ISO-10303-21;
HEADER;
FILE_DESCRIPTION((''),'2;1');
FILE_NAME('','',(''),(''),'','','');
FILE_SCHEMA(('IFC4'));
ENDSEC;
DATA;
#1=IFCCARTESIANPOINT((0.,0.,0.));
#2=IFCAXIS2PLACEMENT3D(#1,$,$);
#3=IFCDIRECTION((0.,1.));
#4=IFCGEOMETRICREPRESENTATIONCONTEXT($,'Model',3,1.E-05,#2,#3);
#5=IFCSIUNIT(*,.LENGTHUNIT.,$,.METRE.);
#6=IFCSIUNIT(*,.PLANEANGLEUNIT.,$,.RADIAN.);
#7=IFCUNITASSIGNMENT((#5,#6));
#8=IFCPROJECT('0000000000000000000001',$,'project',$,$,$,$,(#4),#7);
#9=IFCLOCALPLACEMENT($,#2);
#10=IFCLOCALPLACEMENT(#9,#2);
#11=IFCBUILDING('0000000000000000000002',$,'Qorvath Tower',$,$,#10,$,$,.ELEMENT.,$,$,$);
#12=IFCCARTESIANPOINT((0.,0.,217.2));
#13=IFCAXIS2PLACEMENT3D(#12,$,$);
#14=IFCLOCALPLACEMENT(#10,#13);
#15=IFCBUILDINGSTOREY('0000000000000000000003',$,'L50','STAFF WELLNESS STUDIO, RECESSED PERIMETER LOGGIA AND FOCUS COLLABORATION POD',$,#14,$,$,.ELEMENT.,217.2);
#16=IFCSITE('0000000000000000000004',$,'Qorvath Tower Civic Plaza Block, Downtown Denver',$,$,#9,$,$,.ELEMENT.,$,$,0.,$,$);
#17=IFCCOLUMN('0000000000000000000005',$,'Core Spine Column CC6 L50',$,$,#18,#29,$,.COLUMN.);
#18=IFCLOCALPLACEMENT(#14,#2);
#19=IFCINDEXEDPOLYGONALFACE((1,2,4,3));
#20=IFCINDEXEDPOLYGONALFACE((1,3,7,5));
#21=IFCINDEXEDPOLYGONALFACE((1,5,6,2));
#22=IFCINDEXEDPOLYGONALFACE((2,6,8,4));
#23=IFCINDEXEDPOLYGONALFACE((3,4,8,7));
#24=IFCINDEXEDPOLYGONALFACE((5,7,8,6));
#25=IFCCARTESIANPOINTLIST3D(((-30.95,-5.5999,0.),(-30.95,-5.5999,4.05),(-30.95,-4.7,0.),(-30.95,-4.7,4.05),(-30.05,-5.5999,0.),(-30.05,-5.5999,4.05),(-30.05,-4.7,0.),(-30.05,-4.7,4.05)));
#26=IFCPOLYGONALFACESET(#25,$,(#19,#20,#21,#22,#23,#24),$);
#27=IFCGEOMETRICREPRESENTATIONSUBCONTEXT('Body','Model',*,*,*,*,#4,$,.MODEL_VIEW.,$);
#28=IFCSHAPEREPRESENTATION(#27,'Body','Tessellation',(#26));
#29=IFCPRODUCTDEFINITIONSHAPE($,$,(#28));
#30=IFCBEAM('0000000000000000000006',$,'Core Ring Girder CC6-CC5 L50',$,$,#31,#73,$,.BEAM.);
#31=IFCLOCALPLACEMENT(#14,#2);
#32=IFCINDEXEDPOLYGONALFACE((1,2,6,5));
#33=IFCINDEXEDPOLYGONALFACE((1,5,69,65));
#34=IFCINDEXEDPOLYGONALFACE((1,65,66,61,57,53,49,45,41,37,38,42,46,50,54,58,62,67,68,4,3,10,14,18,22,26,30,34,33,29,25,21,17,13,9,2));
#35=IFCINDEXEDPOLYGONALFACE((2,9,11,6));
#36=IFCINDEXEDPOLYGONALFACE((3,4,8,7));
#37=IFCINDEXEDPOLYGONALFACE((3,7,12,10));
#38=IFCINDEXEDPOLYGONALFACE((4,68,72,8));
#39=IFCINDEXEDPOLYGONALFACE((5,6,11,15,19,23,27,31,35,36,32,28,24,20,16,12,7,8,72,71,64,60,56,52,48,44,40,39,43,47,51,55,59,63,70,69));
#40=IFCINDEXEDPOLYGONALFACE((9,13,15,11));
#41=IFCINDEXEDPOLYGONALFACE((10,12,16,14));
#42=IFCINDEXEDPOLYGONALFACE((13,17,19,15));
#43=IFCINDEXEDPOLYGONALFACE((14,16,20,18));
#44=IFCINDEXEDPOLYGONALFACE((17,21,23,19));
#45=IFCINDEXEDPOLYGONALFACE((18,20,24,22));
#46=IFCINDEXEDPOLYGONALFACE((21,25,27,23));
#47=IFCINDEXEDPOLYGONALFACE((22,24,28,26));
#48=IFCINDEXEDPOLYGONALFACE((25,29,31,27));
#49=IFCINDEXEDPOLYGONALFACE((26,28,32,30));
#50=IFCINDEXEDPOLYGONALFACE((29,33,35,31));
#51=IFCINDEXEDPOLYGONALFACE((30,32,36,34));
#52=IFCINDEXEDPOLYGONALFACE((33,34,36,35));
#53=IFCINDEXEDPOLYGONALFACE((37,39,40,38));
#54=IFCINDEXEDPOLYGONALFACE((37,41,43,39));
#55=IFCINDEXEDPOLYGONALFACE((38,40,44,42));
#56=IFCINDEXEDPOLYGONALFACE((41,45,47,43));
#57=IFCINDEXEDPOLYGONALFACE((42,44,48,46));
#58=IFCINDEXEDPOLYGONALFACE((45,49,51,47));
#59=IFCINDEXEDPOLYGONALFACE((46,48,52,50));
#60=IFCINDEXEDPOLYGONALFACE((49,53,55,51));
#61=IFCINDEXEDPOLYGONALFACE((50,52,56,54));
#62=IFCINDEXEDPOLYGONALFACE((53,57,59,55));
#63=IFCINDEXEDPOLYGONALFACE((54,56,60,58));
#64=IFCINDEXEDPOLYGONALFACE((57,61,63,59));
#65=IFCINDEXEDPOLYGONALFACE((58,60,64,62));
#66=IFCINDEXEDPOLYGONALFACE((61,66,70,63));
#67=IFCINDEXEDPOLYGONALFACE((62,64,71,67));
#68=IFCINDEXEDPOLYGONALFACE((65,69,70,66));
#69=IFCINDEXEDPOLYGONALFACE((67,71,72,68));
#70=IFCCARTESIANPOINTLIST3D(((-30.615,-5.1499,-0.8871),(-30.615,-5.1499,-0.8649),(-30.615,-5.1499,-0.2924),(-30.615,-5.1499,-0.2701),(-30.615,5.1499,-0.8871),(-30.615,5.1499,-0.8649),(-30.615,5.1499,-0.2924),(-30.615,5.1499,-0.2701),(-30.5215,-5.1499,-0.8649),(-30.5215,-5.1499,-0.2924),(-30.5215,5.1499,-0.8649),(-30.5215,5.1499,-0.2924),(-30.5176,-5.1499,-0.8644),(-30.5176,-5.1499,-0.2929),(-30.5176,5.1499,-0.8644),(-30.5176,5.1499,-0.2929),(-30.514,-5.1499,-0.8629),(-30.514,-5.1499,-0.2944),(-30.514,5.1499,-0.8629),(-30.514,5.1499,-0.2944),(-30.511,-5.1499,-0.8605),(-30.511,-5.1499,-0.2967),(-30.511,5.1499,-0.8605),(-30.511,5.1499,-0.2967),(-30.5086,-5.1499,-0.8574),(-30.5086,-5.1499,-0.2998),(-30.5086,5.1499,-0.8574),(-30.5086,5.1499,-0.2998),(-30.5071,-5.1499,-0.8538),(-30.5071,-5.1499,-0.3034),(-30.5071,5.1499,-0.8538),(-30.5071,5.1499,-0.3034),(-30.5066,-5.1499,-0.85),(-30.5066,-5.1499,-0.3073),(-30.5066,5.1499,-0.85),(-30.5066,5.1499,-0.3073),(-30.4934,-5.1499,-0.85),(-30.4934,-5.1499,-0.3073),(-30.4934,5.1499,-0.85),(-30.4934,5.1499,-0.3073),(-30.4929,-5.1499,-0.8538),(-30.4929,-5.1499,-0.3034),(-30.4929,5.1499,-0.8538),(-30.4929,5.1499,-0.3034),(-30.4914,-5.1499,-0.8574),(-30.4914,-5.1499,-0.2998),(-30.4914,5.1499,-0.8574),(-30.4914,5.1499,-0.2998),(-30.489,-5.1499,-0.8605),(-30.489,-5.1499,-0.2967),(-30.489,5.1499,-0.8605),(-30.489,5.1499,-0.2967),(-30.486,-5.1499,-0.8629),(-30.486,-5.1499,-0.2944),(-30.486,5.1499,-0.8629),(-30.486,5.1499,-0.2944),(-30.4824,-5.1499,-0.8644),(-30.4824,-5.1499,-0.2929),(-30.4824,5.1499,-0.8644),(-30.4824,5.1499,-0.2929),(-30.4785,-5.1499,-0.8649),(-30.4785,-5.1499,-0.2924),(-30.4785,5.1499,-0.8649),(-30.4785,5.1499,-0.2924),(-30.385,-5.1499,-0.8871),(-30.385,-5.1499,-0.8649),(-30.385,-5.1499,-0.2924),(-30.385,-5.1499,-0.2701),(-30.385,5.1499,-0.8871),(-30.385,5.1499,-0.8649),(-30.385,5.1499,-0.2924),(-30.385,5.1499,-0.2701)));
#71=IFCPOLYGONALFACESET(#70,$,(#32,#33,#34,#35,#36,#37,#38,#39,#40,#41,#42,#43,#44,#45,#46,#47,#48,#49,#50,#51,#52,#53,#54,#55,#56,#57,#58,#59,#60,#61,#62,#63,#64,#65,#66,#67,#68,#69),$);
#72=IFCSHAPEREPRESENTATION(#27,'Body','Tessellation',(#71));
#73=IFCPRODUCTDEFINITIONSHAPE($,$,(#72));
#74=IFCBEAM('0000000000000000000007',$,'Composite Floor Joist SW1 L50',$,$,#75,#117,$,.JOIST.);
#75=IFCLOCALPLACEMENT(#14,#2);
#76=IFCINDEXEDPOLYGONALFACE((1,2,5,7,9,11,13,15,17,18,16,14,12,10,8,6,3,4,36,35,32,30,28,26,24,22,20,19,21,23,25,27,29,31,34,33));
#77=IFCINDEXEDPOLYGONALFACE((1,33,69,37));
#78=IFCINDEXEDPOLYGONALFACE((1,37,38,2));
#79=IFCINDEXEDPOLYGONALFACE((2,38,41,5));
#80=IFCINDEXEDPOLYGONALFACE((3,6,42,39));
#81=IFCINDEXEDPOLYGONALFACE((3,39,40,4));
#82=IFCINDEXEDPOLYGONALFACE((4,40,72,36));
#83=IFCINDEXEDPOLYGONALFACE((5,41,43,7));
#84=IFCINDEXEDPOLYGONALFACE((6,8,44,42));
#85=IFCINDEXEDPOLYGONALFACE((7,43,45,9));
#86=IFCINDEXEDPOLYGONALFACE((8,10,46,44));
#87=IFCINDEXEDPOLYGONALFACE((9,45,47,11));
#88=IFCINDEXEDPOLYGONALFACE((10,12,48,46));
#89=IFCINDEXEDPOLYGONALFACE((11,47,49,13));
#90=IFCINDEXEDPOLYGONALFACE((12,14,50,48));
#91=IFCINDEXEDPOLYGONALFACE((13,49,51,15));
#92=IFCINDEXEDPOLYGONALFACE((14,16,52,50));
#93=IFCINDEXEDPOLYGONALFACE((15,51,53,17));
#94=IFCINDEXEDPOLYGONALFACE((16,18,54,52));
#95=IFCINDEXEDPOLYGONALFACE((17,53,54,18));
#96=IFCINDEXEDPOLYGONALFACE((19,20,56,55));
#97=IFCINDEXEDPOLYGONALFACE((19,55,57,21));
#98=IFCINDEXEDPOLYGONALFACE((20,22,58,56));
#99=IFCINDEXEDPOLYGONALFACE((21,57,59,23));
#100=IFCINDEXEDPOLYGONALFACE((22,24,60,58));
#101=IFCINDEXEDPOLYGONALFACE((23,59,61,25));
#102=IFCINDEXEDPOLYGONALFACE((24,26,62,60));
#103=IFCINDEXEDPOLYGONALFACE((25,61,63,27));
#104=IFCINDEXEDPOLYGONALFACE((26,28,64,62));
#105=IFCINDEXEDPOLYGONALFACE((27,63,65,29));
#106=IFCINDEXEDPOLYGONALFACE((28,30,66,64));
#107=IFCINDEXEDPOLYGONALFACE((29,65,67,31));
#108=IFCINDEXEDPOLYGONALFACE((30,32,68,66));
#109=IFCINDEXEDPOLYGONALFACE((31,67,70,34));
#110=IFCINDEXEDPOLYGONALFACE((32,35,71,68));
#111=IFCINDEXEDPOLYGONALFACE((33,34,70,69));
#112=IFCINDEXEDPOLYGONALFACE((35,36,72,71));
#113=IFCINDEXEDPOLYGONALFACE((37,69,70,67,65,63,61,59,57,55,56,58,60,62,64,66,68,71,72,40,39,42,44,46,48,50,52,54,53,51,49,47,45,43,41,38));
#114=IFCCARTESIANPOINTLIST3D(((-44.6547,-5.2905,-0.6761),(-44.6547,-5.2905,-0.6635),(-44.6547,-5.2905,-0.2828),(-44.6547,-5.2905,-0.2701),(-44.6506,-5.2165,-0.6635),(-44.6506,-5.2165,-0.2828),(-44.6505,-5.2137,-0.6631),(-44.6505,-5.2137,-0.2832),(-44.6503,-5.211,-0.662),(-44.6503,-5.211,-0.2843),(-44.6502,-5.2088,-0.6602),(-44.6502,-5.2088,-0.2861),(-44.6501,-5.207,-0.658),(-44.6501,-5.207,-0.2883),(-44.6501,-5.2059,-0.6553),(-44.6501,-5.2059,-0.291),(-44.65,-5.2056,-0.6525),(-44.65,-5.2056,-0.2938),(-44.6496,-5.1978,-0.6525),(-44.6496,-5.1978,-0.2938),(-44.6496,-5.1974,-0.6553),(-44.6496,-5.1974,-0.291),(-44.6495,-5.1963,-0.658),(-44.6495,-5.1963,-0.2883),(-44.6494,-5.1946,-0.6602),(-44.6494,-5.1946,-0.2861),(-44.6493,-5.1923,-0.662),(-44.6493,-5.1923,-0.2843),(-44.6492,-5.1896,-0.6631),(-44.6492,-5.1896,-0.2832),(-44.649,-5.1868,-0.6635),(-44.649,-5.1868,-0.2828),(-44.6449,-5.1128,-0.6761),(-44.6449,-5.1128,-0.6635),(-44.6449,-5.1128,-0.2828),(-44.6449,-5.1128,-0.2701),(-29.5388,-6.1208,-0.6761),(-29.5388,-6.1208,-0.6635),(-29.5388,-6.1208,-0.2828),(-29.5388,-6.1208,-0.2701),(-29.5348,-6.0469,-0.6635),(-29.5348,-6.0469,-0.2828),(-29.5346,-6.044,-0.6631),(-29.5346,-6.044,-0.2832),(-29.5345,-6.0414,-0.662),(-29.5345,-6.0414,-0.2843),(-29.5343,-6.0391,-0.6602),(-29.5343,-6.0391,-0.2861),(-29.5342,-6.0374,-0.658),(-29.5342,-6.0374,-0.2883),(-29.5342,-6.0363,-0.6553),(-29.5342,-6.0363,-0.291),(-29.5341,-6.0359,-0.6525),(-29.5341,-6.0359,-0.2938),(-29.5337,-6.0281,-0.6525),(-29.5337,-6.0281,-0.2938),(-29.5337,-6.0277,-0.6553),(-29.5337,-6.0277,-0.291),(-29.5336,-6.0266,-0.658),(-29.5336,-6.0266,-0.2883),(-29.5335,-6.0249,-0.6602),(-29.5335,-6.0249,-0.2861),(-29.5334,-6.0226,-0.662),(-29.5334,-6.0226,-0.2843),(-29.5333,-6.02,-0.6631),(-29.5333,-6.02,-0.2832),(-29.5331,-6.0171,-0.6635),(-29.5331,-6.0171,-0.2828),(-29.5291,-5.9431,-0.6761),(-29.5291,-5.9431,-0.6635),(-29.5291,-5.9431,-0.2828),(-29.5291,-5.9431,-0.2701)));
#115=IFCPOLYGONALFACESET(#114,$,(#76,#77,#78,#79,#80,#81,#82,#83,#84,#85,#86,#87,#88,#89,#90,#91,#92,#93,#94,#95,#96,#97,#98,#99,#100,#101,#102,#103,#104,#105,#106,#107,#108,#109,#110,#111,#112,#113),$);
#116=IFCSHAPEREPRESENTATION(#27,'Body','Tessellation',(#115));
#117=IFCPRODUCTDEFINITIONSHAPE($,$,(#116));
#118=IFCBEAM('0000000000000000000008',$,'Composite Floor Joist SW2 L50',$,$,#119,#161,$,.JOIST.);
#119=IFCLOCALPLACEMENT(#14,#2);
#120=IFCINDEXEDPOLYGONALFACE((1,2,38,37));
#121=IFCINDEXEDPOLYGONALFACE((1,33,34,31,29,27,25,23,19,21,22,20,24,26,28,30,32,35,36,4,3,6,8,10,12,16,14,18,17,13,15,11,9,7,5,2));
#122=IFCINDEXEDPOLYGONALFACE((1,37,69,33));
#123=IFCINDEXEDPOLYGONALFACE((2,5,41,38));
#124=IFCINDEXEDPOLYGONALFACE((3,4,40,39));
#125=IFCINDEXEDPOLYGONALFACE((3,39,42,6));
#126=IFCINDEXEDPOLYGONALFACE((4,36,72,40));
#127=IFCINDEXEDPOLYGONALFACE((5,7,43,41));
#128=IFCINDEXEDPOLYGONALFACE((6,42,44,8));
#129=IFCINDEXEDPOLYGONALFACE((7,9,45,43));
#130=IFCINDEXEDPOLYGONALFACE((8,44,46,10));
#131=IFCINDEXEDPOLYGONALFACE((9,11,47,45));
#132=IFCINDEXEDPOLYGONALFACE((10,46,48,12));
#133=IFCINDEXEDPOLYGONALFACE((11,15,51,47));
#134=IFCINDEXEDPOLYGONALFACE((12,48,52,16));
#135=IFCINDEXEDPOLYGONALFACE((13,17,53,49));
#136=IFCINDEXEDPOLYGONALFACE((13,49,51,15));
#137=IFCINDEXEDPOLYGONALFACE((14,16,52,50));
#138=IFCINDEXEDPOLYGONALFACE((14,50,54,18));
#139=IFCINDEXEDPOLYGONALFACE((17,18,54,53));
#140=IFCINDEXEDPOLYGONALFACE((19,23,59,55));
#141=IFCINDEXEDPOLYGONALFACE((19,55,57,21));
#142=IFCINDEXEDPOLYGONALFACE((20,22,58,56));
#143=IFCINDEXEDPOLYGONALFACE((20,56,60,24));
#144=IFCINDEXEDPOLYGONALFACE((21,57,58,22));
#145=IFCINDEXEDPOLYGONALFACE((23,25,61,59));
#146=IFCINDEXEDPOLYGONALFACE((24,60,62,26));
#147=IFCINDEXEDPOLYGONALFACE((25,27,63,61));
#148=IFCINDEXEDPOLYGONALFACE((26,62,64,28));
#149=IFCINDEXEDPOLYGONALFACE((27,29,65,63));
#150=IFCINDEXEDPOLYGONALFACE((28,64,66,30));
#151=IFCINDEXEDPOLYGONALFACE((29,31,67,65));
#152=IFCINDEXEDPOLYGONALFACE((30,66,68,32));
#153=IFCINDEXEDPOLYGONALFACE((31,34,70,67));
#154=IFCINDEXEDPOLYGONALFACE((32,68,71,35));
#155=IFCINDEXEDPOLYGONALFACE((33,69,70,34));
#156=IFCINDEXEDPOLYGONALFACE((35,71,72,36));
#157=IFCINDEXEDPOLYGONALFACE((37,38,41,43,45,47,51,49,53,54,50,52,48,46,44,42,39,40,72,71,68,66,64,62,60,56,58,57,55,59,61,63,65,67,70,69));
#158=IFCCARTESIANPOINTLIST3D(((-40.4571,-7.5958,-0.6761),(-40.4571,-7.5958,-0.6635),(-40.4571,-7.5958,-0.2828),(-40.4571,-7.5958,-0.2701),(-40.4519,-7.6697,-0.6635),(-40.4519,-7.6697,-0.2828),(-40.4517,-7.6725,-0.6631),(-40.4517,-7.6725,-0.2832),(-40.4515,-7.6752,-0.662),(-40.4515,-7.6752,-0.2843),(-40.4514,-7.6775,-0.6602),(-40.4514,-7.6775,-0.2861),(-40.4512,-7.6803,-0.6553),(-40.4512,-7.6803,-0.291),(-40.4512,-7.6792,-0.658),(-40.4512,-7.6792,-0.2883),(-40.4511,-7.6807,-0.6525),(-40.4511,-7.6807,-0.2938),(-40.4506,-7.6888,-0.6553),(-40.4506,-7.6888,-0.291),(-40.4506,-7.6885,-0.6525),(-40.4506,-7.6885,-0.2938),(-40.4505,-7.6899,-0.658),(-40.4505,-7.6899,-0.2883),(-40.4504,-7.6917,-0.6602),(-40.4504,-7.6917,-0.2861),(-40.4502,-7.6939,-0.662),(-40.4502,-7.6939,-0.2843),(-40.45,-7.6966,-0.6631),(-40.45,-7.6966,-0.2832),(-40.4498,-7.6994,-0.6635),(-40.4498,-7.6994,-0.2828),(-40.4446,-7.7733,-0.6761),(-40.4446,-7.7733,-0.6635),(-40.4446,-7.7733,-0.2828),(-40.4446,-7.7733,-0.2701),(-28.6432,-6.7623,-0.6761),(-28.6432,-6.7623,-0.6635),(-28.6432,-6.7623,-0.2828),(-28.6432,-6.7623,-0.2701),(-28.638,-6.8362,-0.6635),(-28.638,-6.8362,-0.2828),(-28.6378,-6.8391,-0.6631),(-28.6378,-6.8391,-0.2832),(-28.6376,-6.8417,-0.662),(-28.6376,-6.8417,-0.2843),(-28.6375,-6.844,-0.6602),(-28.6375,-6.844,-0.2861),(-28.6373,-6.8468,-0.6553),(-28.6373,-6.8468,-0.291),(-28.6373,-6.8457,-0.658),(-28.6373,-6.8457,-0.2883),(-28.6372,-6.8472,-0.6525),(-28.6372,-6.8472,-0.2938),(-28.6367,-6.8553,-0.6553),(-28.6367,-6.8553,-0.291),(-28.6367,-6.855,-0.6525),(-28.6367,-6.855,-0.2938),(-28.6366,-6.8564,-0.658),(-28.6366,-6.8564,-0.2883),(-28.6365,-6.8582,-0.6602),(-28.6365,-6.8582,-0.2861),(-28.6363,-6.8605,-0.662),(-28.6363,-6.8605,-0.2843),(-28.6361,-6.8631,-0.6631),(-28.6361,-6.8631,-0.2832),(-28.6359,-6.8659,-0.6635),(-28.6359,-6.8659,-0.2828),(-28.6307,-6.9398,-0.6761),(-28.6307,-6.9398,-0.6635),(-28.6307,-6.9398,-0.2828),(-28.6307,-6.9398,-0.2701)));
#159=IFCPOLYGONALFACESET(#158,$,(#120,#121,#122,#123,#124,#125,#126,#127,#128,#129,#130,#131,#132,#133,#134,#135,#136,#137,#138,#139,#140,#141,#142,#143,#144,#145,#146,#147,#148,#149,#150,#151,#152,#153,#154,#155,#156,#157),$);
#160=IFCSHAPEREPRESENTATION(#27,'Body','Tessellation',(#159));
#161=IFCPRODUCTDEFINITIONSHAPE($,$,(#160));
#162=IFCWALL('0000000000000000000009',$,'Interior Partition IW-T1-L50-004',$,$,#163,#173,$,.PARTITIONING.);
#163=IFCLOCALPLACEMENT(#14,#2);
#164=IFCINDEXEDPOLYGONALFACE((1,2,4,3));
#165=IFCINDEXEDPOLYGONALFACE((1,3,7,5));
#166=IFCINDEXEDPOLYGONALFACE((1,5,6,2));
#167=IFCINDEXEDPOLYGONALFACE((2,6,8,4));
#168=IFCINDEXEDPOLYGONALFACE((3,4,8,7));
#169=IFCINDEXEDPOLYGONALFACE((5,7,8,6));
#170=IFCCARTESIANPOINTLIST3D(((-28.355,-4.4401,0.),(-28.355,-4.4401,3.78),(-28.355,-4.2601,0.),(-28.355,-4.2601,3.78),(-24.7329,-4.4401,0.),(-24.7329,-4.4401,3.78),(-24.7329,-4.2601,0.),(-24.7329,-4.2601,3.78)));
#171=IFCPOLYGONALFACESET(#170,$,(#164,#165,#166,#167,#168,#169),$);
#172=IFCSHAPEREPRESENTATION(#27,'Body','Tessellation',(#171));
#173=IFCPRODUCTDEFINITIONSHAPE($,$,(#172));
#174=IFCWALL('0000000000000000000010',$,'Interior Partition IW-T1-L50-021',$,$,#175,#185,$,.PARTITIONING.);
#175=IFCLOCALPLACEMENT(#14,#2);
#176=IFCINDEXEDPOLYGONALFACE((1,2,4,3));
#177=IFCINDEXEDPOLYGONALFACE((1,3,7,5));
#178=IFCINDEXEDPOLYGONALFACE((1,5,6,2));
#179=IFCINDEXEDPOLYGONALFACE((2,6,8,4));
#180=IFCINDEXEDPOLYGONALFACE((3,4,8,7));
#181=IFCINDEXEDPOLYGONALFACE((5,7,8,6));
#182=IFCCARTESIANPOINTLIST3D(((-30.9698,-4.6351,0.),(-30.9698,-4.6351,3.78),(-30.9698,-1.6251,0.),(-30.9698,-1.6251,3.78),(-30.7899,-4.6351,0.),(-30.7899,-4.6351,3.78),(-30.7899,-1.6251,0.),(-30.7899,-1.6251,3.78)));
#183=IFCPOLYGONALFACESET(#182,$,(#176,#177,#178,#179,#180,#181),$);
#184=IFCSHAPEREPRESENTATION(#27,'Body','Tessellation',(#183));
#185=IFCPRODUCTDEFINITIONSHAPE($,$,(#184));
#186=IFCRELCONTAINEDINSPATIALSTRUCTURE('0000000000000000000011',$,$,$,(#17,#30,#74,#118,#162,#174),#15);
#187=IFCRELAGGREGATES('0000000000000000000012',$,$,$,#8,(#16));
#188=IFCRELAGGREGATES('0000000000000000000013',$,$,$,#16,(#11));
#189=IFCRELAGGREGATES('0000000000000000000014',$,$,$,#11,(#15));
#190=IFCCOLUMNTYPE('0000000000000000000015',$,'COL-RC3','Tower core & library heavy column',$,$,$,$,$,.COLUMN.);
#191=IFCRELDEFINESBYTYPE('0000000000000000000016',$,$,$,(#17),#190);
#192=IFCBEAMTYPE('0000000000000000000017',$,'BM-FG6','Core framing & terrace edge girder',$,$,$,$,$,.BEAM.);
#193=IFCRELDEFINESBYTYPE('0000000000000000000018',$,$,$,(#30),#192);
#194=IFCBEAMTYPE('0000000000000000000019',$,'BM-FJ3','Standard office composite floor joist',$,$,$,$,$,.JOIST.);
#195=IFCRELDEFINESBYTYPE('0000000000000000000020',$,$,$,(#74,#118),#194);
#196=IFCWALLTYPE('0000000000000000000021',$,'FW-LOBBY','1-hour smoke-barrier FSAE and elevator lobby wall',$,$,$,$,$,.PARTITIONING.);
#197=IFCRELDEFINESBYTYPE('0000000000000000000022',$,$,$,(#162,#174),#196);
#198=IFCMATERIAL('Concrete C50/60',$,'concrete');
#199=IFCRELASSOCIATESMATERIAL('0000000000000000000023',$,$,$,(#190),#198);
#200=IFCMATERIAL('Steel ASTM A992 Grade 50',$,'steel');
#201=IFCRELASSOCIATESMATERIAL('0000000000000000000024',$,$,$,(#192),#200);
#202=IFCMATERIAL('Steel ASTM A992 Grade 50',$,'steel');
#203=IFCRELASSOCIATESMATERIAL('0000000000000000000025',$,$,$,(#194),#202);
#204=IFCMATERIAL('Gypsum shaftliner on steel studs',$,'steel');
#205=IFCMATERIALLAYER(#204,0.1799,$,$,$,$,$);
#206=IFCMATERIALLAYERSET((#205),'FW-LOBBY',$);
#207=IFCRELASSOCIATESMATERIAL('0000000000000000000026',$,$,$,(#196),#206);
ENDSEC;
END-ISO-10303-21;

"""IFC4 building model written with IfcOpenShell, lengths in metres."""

from ifc_helpers import new_model, si_unit, direction, frame, frame_2d, origin, origin_2d, place, context, subcontext, project, spatial, rectangle, i_section, extrude, material, layer, layer_set, material_profile, profile_set, type_object, element, save


model = new_model("IFC4")

# Units and contexts
model_context = context("Model", 3, precision=1e-05, world=origin(), true_north=direction((0.0, 1.0)))
body_context = subcontext(model_context, "Body", "Model", "MODEL_VIEW")
ifc_project = project(units=[si_unit("LENGTHUNIT", "METRE"), si_unit("PLANEANGLEUNIT", "RADIAN")], contexts=[model_context])

# Site, building, storey
site_placement = place(None, origin())
site = spatial("IfcSite", under=ifc_project, at=site_placement, Name="Qorvath Tower Civic Plaza Block, Downtown Denver", CompositionType="ELEMENT", RefElevation=0.0)
building_placement = place(site_placement, origin())
building = spatial("IfcBuilding", under=site, at=building_placement, Name="Qorvath Tower", CompositionType="ELEMENT")
storey_placement = place(building_placement, frame((0.0, 0.0, 217.2)))
storey = spatial("IfcBuildingStorey", under=building, at=storey_placement, Name="L50", Description="STAFF WELLNESS STUDIO, RECESSED PERIMETER LOGGIA AND FOCUS COLLABORATION POD", CompositionType="ELEMENT", Elevation=217.2)

# Column
ifc_material_1 = material(Name="Concrete C50/60", Category="concrete")
ifc_material_profile_1 = material_profile(ifc_material_1, rectangle(XDim=0.8999, YDim=0.8999, at=origin_2d()), Name="RC 900x900")
ifc_profile_set_1 = profile_set([ifc_material_profile_1], Name="Concrete C50/60")
column_type = type_object("IfcColumnType", Name="COL-RC3", Description="Tower core & library heavy column", PredefinedType="COLUMN", material=ifc_profile_set_1)
column_placement = place(storey_placement, frame((-30.5, -5.1499, 0.0), z_axis=(0.0, 0.0, 1.0), x_axis=(1.0, 0.0, 0.0)))
element("IfcColumn", 1, at=column_placement, inside=storey, type_object=column_type, Name="Core Spine Column CC6 L50", PredefinedType="COLUMN", context=body_context, shape_type="SweptSolid", body=[
    extrude(rectangle(XDim=0.8999, YDim=0.8999, at=origin_2d()), origin(), (0.0, 0.0, 1.0), 4.05),
])

# Beams
ifc_material_2 = material(Name="Steel ASTM A992 Grade 50", Category="steel")
ifc_material_profile_2 = material_profile(ifc_material_2, i_section(OverallWidth=0.23, OverallDepth=0.6169, WebThickness=0.0132, FlangeThickness=0.0222, FilletRadius=0.0149, at=origin_2d()), Name="W24x94")
ifc_profile_set_2 = profile_set([ifc_material_profile_2], Name="Steel ASTM A992 Grade 50")
beam_type_1 = type_object("IfcBeamType", Name="BM-FG6", Description="Core framing & terrace edge girder", PredefinedType="BEAM", material=ifc_profile_set_2)
beam_1_placement = place(storey_placement, frame((-30.5, -5.1499, -0.5786), z_axis=(0.0, 1.0, 0.0), x_axis=(-1.0, 0.0, 0.0)))
element("IfcBeam", 2, at=beam_1_placement, inside=storey, type_object=beam_type_1, Name="Core Ring Girder CC6-CC5 L50", PredefinedType="BEAM", context=body_context, shape_type="SweptSolid", body=[
    extrude(i_section(OverallWidth=0.23, OverallDepth=0.6169, WebThickness=0.0132, FlangeThickness=0.0222, FilletRadius=0.0149, at=origin_2d()), origin(), (0.0, 0.0, 1.0), 10.2998),
])
ifc_material_3 = material(Name="Steel ASTM A992 Grade 50", Category="steel")
ifc_material_profile_3 = material_profile(ifc_material_3, i_section(OverallWidth=0.178, OverallDepth=0.406, WebThickness=0.0078, FlangeThickness=0.0127, FilletRadius=0.011, at=origin_2d()), Name="W16x40")
ifc_profile_set_3 = profile_set([ifc_material_profile_3], Name="Steel ASTM A992 Grade 50")
beam_type_2 = type_object("IfcBeamType", Name="BM-FJ3", Description="Standard office composite floor joist", PredefinedType="JOIST", material=ifc_profile_set_3)
beam_2_placement = place(storey_placement, frame((-29.5339, -6.032, -0.4731), z_axis=(-0.998495, 0.054847, 0.0), x_axis=(-0.054847, -0.998495, 0.0)))
element("IfcBeam", 3, at=beam_2_placement, inside=storey, type_object=beam_type_2, Name="Composite Floor Joist SW1 L50", PredefinedType="JOIST", context=body_context, shape_type="SweptSolid", body=[
    extrude(i_section(OverallWidth=0.178, OverallDepth=0.406, WebThickness=0.0078, FlangeThickness=0.0127, FilletRadius=0.011, at=origin_2d()), origin(), (0.0, 0.0, 1.0), 15.1387),
])
beam_3_placement = place(storey_placement, frame((-28.637, -6.8511, -0.4731), z_axis=(-0.99752, -0.070377, 0.0), x_axis=(0.070377, -0.99752, 0.0)))
element("IfcBeam", 4, at=beam_3_placement, inside=storey, type_object=beam_type_2, Name="Composite Floor Joist SW2 L50", PredefinedType="JOIST", context=body_context, shape_type="SweptSolid", body=[
    extrude(i_section(OverallWidth=0.178, OverallDepth=0.406, WebThickness=0.0078, FlangeThickness=0.0127, FilletRadius=0.011, at=origin_2d()), origin(), (0.0, 0.0, 1.0), 11.8433),
])

# Walls
ifc_material_4 = material(Name="Gypsum shaftliner on steel studs", Category="steel")
ifc_layer_1 = layer(ifc_material_4, 0.1799)
ifc_layer_set_1 = layer_set([ifc_layer_1], Name="FW-LOBBY")
wall_type_1 = type_object("IfcWallType", Name="FW-LOBBY", Description="1-hour smoke-barrier FSAE and elevator lobby wall", PredefinedType="PARTITIONING", material=ifc_layer_set_1)
wall_1_placement = place(storey_placement, frame((-24.7329, -4.3501, 0.0), z_axis=(0.0, 0.0, 1.0), x_axis=(-1.0, 0.0, 0.0)))
element("IfcWall", 5, at=wall_1_placement, inside=storey, type_object=wall_type_1, Name="Interior Partition IW-T1-L50-004", PredefinedType="PARTITIONING", context=body_context, shape_type="SweptSolid", body=[
    extrude(rectangle(XDim=3.6221, YDim=0.1799, at=frame_2d((1.811, 0.0))), origin(), (0.0, 0.0, 1.0), 3.78),
])
wall_2_placement = place(storey_placement, frame((-30.8799, -4.635, 0.0), z_axis=(0.0, 0.0, 1.0), x_axis=(0.0, 1.0, 0.0)))
element("IfcWall", 6, at=wall_2_placement, inside=storey, type_object=wall_type_1, Name="Interior Partition IW-T1-L50-021", PredefinedType="PARTITIONING", context=body_context, shape_type="SweptSolid", body=[
    extrude(rectangle(XDim=3.01, YDim=0.1799, at=frame_2d((1.5049, 0.0))), origin(), (0.0, 0.0, 1.0), 3.78),
])

save(model, "model.ifc")
